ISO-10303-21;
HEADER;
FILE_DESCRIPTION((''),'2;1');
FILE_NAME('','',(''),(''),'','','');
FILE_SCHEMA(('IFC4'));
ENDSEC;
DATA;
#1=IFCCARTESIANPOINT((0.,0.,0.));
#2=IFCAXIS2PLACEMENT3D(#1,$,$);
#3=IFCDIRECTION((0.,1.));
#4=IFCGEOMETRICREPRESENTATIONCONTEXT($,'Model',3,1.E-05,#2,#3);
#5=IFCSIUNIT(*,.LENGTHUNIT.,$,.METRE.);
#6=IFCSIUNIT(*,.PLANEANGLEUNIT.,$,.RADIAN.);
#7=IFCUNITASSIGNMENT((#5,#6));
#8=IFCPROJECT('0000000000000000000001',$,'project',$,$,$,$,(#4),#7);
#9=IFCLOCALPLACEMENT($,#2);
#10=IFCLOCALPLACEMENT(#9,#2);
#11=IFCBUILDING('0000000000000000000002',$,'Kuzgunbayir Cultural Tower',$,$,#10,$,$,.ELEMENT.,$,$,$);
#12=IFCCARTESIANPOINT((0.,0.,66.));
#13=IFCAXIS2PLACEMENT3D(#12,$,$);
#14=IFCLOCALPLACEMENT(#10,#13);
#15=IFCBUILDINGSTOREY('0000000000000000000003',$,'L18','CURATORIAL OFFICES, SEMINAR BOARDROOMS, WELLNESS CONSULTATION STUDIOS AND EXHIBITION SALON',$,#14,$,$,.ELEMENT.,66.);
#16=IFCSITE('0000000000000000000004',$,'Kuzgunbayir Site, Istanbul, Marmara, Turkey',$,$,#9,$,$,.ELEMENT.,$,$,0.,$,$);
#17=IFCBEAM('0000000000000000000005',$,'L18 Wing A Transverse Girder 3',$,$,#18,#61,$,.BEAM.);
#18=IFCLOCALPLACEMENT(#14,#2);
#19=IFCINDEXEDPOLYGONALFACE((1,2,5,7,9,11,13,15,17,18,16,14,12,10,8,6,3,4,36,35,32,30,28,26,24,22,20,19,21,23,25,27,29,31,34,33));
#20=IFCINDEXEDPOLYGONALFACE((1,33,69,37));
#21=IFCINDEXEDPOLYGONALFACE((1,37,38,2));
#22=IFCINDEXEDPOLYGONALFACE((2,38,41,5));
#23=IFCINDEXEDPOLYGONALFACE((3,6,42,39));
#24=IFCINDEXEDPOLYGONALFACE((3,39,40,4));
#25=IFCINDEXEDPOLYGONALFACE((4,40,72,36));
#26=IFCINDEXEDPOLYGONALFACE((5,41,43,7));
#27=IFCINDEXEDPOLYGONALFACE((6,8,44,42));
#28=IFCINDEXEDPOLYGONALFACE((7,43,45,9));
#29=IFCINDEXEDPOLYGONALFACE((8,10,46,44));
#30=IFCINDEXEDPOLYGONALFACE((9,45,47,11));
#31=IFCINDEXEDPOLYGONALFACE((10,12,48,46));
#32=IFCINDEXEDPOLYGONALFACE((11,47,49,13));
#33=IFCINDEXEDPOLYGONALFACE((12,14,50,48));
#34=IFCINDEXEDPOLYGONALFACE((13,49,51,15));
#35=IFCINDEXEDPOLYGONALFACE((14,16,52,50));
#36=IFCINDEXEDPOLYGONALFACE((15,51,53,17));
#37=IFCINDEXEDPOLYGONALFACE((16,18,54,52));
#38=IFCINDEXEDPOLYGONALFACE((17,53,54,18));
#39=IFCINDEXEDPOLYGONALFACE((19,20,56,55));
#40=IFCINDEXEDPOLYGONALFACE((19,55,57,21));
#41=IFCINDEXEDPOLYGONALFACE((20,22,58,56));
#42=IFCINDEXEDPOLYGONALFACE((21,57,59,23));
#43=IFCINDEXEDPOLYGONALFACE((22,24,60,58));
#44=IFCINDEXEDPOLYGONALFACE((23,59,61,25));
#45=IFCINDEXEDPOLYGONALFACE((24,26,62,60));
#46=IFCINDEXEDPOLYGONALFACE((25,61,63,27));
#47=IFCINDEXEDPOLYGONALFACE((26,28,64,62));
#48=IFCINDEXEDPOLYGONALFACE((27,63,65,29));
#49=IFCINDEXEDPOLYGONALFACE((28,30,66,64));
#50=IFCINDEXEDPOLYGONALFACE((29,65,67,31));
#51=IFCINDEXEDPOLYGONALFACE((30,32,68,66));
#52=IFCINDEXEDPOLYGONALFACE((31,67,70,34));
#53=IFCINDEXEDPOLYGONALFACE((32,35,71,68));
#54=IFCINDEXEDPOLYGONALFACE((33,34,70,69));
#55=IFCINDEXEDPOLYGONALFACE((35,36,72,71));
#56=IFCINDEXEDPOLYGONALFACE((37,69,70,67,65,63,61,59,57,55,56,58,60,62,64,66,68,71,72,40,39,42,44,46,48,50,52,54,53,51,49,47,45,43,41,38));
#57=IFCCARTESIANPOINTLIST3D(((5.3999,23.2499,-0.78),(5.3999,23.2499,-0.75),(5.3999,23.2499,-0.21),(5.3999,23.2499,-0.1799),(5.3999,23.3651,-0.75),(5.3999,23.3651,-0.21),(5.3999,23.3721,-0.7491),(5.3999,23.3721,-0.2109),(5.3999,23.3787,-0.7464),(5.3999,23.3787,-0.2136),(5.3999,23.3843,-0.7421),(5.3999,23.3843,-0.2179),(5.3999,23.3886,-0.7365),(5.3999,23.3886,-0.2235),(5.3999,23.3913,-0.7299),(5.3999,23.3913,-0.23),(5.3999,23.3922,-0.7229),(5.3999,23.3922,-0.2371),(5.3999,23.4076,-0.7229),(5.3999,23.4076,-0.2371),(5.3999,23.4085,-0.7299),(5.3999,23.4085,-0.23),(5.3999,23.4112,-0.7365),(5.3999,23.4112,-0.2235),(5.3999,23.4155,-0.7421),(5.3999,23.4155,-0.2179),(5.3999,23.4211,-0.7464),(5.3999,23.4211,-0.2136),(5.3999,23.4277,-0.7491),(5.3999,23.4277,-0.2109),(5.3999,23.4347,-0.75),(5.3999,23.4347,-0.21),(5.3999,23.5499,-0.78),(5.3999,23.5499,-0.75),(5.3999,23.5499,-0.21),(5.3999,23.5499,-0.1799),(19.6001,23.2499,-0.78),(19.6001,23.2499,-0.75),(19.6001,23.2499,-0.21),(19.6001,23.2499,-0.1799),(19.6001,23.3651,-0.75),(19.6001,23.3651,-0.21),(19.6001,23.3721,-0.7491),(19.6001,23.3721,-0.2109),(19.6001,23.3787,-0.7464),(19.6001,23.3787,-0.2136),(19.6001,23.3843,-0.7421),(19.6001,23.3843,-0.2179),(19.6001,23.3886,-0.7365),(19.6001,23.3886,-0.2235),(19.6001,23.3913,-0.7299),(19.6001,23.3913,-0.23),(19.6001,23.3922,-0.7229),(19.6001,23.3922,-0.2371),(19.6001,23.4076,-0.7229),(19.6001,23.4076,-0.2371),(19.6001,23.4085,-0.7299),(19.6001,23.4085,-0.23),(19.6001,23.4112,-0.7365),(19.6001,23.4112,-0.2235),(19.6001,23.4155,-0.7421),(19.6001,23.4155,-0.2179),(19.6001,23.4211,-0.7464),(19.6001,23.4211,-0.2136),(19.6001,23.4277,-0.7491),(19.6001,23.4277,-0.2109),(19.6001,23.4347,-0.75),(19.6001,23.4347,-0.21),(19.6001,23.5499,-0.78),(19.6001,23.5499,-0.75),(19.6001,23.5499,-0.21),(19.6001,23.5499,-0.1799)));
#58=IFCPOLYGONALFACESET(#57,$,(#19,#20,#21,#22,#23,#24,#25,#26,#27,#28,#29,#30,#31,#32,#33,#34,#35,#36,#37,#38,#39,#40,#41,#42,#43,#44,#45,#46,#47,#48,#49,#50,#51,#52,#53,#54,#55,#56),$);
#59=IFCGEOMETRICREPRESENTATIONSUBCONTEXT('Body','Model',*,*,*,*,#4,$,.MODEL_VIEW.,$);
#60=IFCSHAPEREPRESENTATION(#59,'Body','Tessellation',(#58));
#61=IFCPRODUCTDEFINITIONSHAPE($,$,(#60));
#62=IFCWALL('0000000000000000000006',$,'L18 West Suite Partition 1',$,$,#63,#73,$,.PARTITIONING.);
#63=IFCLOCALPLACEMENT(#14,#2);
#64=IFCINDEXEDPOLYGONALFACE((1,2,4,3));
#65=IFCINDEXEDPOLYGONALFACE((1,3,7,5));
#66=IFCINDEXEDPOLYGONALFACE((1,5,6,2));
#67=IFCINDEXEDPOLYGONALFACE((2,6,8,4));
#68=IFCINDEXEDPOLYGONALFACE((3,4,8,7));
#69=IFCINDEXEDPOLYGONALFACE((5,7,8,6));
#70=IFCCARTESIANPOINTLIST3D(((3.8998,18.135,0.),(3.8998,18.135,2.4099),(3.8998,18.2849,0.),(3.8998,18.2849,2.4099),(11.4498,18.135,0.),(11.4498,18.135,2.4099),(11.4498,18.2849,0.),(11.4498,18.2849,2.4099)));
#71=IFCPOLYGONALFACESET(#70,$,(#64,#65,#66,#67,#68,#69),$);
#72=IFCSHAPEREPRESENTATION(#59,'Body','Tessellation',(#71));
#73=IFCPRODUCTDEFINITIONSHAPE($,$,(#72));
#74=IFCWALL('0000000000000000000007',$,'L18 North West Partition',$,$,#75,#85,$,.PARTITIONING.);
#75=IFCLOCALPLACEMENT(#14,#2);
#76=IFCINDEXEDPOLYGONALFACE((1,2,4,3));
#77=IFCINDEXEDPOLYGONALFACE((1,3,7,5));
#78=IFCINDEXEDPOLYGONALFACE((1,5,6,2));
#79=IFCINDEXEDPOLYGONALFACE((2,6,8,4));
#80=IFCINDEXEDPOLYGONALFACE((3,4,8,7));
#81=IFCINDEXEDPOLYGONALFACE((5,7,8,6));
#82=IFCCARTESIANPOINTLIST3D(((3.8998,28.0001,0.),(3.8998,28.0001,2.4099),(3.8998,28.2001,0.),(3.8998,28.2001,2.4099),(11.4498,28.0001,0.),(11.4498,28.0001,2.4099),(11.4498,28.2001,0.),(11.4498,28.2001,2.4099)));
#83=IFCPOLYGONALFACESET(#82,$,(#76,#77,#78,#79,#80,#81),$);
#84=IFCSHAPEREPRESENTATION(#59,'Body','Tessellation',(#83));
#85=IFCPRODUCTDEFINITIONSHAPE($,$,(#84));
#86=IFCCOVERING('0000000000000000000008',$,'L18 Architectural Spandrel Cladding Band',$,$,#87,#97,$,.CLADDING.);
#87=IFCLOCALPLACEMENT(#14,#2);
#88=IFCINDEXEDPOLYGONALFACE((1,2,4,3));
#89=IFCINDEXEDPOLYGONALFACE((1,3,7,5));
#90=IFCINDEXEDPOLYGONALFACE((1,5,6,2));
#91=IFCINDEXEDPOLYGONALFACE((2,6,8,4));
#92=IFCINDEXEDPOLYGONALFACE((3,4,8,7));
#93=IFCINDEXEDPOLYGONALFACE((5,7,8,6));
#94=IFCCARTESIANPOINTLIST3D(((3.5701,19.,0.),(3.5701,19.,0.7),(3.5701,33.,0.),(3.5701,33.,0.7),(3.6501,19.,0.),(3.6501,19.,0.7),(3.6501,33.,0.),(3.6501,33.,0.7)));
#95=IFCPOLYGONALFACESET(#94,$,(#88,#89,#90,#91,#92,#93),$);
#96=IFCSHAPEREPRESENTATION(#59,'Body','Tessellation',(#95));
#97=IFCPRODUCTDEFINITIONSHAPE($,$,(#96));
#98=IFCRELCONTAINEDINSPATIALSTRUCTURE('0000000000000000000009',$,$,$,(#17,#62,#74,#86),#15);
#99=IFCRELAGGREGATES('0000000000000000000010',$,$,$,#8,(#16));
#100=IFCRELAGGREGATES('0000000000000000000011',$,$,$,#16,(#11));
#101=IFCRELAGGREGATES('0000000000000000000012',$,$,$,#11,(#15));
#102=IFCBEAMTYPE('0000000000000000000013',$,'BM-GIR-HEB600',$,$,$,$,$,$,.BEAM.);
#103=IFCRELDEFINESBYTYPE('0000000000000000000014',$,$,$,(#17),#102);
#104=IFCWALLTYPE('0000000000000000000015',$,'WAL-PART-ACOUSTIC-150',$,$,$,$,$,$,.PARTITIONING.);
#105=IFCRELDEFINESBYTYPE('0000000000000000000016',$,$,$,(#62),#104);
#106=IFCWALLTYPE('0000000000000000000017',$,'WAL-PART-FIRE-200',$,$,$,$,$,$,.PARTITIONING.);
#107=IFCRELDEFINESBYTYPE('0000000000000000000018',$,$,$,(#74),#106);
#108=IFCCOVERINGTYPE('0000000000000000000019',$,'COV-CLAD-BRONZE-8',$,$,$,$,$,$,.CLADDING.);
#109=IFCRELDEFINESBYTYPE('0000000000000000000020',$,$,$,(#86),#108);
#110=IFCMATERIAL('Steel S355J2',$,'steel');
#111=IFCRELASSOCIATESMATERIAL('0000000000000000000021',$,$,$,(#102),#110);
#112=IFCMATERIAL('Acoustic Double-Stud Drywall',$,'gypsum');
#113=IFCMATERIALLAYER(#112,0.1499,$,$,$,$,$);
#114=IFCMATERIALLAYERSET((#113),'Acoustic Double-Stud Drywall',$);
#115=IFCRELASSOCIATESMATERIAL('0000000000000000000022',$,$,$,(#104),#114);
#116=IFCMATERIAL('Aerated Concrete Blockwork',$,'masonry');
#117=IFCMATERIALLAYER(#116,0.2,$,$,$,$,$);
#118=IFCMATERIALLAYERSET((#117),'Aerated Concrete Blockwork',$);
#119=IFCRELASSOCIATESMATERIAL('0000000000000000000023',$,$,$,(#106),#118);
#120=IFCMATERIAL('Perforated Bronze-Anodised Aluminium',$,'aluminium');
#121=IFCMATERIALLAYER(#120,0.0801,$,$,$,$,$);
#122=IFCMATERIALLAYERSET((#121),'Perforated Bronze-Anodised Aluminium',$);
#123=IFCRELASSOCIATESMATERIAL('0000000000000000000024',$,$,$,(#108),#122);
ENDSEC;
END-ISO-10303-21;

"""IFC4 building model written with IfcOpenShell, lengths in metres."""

from ifc_helpers import new_model, si_unit, direction, frame, frame_2d, origin, origin_2d, place, context, subcontext, project, spatial, rectangle, i_section, extrude, material, layer, layer_set, material_profile, profile_set, type_object, element, save


model = new_model("IFC4")

# Units and contexts
model_context = context("Model", 3, precision=1e-05, world=origin(), true_north=direction((0.0, 1.0)))
body_context = subcontext(model_context, "Body", "Model", "MODEL_VIEW")
ifc_project = project(units=[si_unit("LENGTHUNIT", "METRE"), si_unit("PLANEANGLEUNIT", "RADIAN")], contexts=[model_context])

# Site, building, storey
site_placement = place(None, origin())
site = spatial("IfcSite", under=ifc_project, at=site_placement, Name="Kuzgunbayir Site, Istanbul, Marmara, Turkey", CompositionType="ELEMENT", RefElevation=0.0)
building_placement = place(site_placement, origin())
building = spatial("IfcBuilding", under=site, at=building_placement, Name="Kuzgunbayir Cultural Tower", CompositionType="ELEMENT")
storey_placement = place(building_placement, frame((0.0, 0.0, 66.0)))
storey = spatial("IfcBuildingStorey", under=building, at=storey_placement, Name="L18", Description="CURATORIAL OFFICES, SEMINAR BOARDROOMS, WELLNESS CONSULTATION STUDIOS AND EXHIBITION SALON", CompositionType="ELEMENT", Elevation=66.0)

# Beam
ifc_material_1 = material(Name="Steel S355J2", Category="steel")
ifc_material_profile_1 = material_profile(ifc_material_1, i_section(OverallWidth=0.3, OverallDepth=0.6001, WebThickness=0.0154, FlangeThickness=0.03, FilletRadius=0.0271, at=origin_2d()), Name="HEB 600")
ifc_profile_set_1 = profile_set([ifc_material_profile_1], Name="Steel S355J2")
beam_type_1 = type_object("IfcBeamType", Name="BM-GIR-HEB600", PredefinedType="BEAM", material=ifc_profile_set_1)
for number, where, z_axis, x_axis, name in (
    (1, (5.3999, 23.3999, -0.48), (1.0, 0.0, 0.0), (0.0, 1.0, 0.0), "L18 Wing A Transverse Girder 3"),
):
    element("IfcBeam", number, at=place(storey_placement, frame(where, z_axis=z_axis, x_axis=x_axis)), inside=storey, type_object=beam_type_1, Name=name, PredefinedType="BEAM", context=body_context, shape_type="SweptSolid", body=[
        extrude(i_section(OverallWidth=0.3, OverallDepth=0.6001, WebThickness=0.0154, FlangeThickness=0.03, FilletRadius=0.0271, at=origin_2d()), origin(), (0.0, 0.0, 1.0), 14.2002),
    ])

# Walls
ifc_material_2 = material(Name="Acoustic Double-Stud Drywall", Category="gypsum")
ifc_layer_1 = layer(ifc_material_2, 0.1499)
ifc_layer_set_1 = layer_set([ifc_layer_1], Name="Acoustic Double-Stud Drywall")
wall_type_1 = type_object("IfcWallType", Name="WAL-PART-ACOUSTIC-150", PredefinedType="PARTITIONING", material=ifc_layer_set_1)
wall_1_placement = place(storey_placement, frame((3.8999, 18.21, 0.0), z_axis=(0.0, 0.0, 1.0), x_axis=(1.0, 0.0, 0.0)))
element("IfcWall", 2, at=wall_1_placement, inside=storey, type_object=wall_type_1, Name="L18 West Suite Partition 1", PredefinedType="PARTITIONING", context=body_context, shape_type="SweptSolid", body=[
    extrude(rectangle(XDim=7.55, YDim=0.1499, at=frame_2d((3.7749, 0.0))), origin(), (0.0, 0.0, 1.0), 2.4099),
])
ifc_material_3 = material(Name="Aerated Concrete Blockwork", Category="masonry")
ifc_layer_2 = layer(ifc_material_3, 0.2)
ifc_layer_set_2 = layer_set([ifc_layer_2], Name="Aerated Concrete Blockwork")
wall_type_2 = type_object("IfcWallType", Name="WAL-PART-FIRE-200", PredefinedType="PARTITIONING", material=ifc_layer_set_2)
wall_2_placement = place(storey_placement, frame((3.8999, 28.1001, 0.0), z_axis=(0.0, 0.0, 1.0), x_axis=(1.0, 0.0, 0.0)))
element("IfcWall", 3, at=wall_2_placement, inside=storey, type_object=wall_type_2, Name="L18 North West Partition", PredefinedType="PARTITIONING", context=body_context, shape_type="SweptSolid", body=[
    extrude(rectangle(XDim=7.55, YDim=0.2, at=frame_2d((3.7749, 0.0))), origin(), (0.0, 0.0, 1.0), 2.4099),
])

# Covering
ifc_material_4 = material(Name="Perforated Bronze-Anodised Aluminium", Category="aluminium")
ifc_layer_3 = layer(ifc_material_4, 0.0801)
ifc_layer_set_3 = layer_set([ifc_layer_3], Name="Perforated Bronze-Anodised Aluminium")
covering_type = type_object("IfcCoveringType", Name="COV-CLAD-BRONZE-8", PredefinedType="CLADDING", material=ifc_layer_set_3)
covering_placement = place(storey_placement, frame((3.6101, 26.0, 0.0), z_axis=(0.0, 0.0, 1.0), x_axis=(1.0, 0.0, 0.0)))
element("IfcCovering", 4, at=covering_placement, inside=storey, type_object=covering_type, Name="L18 Architectural Spandrel Cladding Band", PredefinedType="CLADDING", context=body_context, shape_type="SweptSolid", body=[
    extrude(rectangle(XDim=0.0801, YDim=14.0, at=origin_2d()), origin(), (0.0, 0.0, 1.0), 0.7),
])

save(model, "model.ifc")
